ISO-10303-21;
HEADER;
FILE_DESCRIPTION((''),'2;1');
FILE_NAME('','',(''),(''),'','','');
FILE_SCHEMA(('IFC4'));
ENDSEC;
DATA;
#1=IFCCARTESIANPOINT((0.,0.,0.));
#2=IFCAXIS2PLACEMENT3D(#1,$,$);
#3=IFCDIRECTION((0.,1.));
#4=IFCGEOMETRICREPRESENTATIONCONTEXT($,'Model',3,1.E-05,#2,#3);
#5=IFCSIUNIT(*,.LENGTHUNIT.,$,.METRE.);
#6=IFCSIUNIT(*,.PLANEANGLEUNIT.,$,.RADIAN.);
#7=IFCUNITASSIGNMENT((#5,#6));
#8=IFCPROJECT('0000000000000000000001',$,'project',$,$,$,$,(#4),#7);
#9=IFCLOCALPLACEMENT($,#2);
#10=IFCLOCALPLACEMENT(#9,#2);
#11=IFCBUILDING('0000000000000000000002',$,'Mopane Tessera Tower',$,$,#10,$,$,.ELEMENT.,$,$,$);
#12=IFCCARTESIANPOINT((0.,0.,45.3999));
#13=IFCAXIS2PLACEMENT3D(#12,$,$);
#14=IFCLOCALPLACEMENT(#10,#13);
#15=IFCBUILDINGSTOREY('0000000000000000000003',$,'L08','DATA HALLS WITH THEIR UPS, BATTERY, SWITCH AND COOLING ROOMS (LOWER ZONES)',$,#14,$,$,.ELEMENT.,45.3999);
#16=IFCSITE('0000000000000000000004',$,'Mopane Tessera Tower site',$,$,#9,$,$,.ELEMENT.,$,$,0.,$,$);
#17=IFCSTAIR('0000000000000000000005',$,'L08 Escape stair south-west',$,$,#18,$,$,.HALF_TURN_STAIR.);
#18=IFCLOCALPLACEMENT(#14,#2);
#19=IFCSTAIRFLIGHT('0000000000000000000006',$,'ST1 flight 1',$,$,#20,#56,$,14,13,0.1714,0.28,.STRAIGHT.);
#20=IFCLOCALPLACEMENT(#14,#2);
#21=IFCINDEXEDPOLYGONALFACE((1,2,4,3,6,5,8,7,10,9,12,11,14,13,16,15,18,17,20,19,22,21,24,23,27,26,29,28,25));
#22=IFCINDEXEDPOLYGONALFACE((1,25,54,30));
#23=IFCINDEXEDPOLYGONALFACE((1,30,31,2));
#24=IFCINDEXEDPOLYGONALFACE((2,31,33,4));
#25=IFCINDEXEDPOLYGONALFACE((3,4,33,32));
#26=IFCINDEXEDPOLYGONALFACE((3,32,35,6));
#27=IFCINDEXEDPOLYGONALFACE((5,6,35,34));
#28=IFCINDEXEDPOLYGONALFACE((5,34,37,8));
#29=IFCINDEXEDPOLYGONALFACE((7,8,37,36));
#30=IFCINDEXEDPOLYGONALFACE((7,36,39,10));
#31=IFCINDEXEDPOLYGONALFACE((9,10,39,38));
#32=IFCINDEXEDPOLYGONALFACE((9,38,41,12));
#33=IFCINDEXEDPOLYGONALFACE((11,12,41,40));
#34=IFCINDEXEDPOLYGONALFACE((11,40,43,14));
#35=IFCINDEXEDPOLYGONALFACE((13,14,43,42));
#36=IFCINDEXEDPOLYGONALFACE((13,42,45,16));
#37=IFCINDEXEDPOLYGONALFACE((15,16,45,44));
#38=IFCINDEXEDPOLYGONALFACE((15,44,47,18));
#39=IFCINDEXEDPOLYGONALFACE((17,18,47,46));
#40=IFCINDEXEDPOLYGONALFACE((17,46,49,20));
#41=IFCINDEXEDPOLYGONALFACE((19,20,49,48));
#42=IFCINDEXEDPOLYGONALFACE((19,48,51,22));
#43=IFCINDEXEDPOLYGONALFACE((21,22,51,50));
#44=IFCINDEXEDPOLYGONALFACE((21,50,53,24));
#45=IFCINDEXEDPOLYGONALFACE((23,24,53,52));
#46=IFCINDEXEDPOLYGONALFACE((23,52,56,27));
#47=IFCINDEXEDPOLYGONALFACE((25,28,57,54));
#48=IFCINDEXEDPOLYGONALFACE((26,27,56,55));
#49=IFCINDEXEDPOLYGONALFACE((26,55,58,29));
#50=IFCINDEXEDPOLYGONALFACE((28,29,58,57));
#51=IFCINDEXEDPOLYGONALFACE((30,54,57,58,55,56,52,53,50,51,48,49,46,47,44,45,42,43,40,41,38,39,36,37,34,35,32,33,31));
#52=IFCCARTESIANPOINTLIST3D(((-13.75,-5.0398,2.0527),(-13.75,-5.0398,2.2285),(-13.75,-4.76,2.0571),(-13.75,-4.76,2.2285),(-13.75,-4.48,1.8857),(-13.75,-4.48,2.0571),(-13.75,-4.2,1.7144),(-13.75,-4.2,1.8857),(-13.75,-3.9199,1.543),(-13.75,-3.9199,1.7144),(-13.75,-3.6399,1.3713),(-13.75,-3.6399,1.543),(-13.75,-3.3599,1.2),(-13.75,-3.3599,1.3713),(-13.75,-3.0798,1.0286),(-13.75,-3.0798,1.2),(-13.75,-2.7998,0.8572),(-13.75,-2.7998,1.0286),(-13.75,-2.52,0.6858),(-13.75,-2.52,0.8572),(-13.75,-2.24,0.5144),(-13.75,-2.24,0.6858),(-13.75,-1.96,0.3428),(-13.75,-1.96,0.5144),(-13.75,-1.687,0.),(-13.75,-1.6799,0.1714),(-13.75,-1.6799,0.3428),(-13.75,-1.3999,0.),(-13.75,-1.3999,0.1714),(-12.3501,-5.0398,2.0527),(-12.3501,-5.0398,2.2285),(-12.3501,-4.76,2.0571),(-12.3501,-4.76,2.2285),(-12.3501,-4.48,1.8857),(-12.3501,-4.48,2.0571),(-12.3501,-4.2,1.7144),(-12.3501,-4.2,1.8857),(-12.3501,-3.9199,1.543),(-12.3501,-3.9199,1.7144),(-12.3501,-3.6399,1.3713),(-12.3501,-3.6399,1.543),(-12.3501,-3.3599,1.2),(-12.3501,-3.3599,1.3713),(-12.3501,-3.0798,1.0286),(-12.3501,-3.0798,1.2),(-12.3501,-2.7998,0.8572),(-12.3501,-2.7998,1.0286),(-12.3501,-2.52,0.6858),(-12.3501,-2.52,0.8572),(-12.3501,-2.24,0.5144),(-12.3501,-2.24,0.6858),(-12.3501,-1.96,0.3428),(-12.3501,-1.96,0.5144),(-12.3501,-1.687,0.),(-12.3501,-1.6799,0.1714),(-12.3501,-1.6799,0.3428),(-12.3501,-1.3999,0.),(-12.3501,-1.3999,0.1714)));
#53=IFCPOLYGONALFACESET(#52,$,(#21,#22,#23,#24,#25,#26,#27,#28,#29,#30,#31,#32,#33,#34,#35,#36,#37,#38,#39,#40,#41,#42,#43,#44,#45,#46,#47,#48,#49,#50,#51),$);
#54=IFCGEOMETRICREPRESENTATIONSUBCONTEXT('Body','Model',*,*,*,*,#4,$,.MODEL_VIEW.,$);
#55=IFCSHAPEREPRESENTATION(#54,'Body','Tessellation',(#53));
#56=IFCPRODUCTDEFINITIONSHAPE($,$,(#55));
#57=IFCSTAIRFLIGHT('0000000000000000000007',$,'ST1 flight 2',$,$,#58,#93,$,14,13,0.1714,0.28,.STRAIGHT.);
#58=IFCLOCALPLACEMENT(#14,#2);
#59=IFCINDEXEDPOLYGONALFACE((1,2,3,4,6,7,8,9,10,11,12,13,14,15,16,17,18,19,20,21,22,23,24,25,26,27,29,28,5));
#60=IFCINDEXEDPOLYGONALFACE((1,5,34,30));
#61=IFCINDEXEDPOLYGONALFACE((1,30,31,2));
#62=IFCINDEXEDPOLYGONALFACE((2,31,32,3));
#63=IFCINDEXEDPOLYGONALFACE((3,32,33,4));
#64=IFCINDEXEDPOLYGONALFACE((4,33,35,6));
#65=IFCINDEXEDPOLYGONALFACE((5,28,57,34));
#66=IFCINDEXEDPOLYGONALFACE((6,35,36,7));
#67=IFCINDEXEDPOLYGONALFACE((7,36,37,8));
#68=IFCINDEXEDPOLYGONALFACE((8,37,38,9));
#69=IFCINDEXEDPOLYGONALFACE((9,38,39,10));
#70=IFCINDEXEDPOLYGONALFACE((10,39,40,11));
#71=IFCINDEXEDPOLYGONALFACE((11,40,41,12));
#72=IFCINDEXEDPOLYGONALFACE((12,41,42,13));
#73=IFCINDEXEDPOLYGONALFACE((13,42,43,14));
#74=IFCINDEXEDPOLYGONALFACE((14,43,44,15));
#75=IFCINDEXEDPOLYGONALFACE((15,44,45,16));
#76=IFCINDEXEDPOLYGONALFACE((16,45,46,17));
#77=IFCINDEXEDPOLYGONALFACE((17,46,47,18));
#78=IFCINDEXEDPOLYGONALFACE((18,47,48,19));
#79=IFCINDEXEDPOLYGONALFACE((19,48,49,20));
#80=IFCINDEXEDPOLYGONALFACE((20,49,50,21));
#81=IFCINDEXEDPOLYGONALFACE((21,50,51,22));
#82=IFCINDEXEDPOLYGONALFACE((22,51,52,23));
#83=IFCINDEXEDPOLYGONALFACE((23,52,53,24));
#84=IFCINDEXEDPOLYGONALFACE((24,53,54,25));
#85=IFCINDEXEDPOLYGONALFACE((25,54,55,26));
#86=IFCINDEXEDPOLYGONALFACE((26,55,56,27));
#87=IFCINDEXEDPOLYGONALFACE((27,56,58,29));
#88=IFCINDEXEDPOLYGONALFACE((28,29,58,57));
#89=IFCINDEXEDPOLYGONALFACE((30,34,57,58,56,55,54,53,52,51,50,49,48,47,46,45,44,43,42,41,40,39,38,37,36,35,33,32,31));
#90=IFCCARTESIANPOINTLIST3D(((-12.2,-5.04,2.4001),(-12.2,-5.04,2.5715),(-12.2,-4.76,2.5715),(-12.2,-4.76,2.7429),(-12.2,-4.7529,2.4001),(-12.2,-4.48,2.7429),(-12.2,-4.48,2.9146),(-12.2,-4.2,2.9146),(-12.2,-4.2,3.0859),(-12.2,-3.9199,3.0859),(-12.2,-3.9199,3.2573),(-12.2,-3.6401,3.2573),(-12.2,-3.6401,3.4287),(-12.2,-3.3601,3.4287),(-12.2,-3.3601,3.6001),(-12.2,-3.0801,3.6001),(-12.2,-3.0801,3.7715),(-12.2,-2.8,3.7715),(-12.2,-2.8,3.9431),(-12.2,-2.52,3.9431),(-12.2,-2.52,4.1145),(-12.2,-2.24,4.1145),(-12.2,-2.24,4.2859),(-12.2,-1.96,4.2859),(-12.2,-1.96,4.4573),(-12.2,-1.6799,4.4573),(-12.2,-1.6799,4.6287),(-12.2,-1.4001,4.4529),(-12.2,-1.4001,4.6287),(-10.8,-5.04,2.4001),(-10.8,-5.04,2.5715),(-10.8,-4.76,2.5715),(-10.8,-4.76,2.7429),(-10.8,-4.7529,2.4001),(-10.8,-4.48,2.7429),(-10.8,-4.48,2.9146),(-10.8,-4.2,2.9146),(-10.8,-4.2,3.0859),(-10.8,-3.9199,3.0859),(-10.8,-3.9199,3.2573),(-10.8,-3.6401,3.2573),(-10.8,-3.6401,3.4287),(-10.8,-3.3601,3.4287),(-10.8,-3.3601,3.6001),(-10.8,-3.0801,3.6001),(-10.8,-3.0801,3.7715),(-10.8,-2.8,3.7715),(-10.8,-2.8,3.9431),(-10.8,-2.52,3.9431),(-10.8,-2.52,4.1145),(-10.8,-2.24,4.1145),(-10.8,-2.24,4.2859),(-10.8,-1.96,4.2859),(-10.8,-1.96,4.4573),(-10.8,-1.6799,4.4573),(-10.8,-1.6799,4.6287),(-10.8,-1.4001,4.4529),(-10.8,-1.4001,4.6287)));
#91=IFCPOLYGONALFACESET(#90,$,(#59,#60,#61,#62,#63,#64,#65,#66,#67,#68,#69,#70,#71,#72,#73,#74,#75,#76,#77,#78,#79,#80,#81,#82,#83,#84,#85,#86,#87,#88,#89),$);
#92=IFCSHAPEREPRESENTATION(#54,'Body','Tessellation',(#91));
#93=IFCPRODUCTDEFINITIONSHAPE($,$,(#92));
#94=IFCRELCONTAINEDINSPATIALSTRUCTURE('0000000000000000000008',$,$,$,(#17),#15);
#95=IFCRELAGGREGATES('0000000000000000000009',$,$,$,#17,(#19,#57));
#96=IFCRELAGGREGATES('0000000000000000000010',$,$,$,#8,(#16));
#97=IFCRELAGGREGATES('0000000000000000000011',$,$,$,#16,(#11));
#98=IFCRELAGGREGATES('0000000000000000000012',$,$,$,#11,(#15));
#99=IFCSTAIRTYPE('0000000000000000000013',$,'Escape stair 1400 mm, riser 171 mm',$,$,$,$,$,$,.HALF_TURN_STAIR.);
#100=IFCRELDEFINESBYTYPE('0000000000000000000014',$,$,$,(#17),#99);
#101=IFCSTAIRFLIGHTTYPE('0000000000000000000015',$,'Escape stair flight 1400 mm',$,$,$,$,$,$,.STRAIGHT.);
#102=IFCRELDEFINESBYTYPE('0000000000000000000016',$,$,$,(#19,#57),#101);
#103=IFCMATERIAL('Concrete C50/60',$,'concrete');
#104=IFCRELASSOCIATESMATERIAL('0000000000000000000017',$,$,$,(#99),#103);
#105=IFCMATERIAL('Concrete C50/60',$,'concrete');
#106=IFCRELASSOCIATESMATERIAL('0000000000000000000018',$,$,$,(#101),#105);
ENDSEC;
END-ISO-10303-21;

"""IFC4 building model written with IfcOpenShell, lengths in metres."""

from ifc_helpers import new_model, si_unit, direction, frame, origin, place, context, subcontext, project, spatial, polyline, outline, extrude, material, type_object, element, aggregate, save


model = new_model("IFC4")

# Units and contexts
model_context = context("Model", 3, precision=1e-05, world=origin(), true_north=direction((0.0, 1.0)))
body_context = subcontext(model_context, "Body", "Model", "MODEL_VIEW")
ifc_project = project(units=[si_unit("LENGTHUNIT", "METRE"), si_unit("PLANEANGLEUNIT", "RADIAN")], contexts=[model_context])

# Site, building, storey
site_placement = place(None, origin())
site = spatial("IfcSite", under=ifc_project, at=site_placement, Name="Mopane Tessera Tower site", CompositionType="ELEMENT", RefElevation=0.0)
building_placement = place(site_placement, origin())
building = spatial("IfcBuilding", under=site, at=building_placement, Name="Mopane Tessera Tower", CompositionType="ELEMENT")
storey_placement = place(building_placement, frame((0.0, 0.0, 45.3999)))
storey = spatial("IfcBuildingStorey", under=building, at=storey_placement, Name="L08", Description="DATA HALLS WITH THEIR UPS, BATTERY, SWITCH AND COOLING ROOMS (LOWER ZONES)", CompositionType="ELEMENT", Elevation=45.3999)

# Stair, stair flights
ifc_material_1 = material(Name="Concrete C50/60", Category="concrete")
stair_type = type_object("IfcStairType", Name="Escape stair 1400 mm, riser 171 mm", PredefinedType="HALF_TURN_STAIR", material=ifc_material_1)
stair_placement = place(storey_placement, origin())
stair = element("IfcStair", 1, at=stair_placement, inside=storey, type_object=stair_type, Name="L08 Escape stair south-west", PredefinedType="HALF_TURN_STAIR")
ifc_material_2 = material(Name="Concrete C50/60", Category="concrete")
stair_flight_type = type_object("IfcStairFlightType", Name="Escape stair flight 1400 mm", PredefinedType="STRAIGHT", material=ifc_material_2)
stair_flight_1_placement = place(storey_placement, frame((-13.05, -1.3999, 0.0), z_axis=(0.0, 0.0, 1.0), x_axis=(0.0, -1.0, 0.0)))
stair_flight_1 = element("IfcStairFlight", 2, at=stair_flight_1_placement, type_object=stair_flight_type, Name="ST1 flight 1", NumberOfRisers=14, NumberOfTreads=13, PredefinedType="STRAIGHT", RiserHeight=0.1714, TreadLength=0.28, context=body_context, shape_type="SweptSolid", body=[
    extrude(outline(polyline([(0.0, 0.0), (0.0, 0.1714), (0.28, 0.1714), (0.28, 0.3428), (0.5601, 0.3428), (0.5601, 0.5144), (0.8401, 0.5144), (0.8401, 0.6858), (1.1201, 0.6858), (1.1201, 0.8572), (1.3999, 0.8572), (1.3999, 1.0286), (1.6799, 1.0286), (1.6799, 1.2), (1.96, 1.2), (1.96, 1.3713), (2.24, 1.3713), (2.24, 1.543), (2.52, 1.543), (2.52, 1.7144), (2.8, 1.7144), (2.8, 1.8857), (3.0801, 1.8857), (3.0801, 2.0571), (3.3601, 2.0571), (3.3601, 2.2285), (3.6399, 2.2285), (3.6399, 2.3999), (3.6399, 2.0527), (0.2871, 0.0), (0.0, 0.0)])), frame((0.0, 0.7, 0.0), z_axis=(0.0, -1.0, 0.0), x_axis=(1.0, 0.0, 0.0)), (0.0, 0.0, 1.0), 1.3999),
])
stair_flight_2_placement = place(storey_placement, frame((-11.5, -5.04, 2.4001), z_axis=(0.0, 0.0, 1.0), x_axis=(0.0, 1.0, 0.0)))
stair_flight_2 = element("IfcStairFlight", 3, at=stair_flight_2_placement, type_object=stair_flight_type, Name="ST1 flight 2", NumberOfRisers=14, NumberOfTreads=13, PredefinedType="STRAIGHT", RiserHeight=0.1714, TreadLength=0.28, context=body_context, shape_type="SweptSolid", body=[
    extrude(outline(polyline([(0.0, 0.0), (0.0, 0.1714), (0.28, 0.1714), (0.28, 0.3428), (0.5601, 0.3428), (0.5601, 0.5144), (0.8401, 0.5144), (0.8401, 0.6858), (1.1201, 0.6858), (1.1201, 0.8572), (1.3999, 0.8572), (1.3999, 1.0286), (1.6799, 1.0286), (1.6799, 1.2), (1.96, 1.2), (1.96, 1.3713), (2.24, 1.3713), (2.24, 1.543), (2.52, 1.543), (2.52, 1.7144), (2.8, 1.7144), (2.8, 1.8857), (3.0801, 1.8857), (3.0801, 2.0571), (3.3601, 2.0571), (3.3601, 2.2285), (3.6399, 2.2285), (3.6399, 2.3999), (3.6399, 2.0527), (0.2871, 0.0), (0.0, 0.0)])), frame((0.0, 0.7, 0.0), z_axis=(0.0, -1.0, 0.0), x_axis=(1.0, 0.0, 0.0)), (0.0, 0.0, 1.0), 1.3999),
])
aggregate(stair, [stair_flight_1, stair_flight_2])

save(model, "model.ifc")
